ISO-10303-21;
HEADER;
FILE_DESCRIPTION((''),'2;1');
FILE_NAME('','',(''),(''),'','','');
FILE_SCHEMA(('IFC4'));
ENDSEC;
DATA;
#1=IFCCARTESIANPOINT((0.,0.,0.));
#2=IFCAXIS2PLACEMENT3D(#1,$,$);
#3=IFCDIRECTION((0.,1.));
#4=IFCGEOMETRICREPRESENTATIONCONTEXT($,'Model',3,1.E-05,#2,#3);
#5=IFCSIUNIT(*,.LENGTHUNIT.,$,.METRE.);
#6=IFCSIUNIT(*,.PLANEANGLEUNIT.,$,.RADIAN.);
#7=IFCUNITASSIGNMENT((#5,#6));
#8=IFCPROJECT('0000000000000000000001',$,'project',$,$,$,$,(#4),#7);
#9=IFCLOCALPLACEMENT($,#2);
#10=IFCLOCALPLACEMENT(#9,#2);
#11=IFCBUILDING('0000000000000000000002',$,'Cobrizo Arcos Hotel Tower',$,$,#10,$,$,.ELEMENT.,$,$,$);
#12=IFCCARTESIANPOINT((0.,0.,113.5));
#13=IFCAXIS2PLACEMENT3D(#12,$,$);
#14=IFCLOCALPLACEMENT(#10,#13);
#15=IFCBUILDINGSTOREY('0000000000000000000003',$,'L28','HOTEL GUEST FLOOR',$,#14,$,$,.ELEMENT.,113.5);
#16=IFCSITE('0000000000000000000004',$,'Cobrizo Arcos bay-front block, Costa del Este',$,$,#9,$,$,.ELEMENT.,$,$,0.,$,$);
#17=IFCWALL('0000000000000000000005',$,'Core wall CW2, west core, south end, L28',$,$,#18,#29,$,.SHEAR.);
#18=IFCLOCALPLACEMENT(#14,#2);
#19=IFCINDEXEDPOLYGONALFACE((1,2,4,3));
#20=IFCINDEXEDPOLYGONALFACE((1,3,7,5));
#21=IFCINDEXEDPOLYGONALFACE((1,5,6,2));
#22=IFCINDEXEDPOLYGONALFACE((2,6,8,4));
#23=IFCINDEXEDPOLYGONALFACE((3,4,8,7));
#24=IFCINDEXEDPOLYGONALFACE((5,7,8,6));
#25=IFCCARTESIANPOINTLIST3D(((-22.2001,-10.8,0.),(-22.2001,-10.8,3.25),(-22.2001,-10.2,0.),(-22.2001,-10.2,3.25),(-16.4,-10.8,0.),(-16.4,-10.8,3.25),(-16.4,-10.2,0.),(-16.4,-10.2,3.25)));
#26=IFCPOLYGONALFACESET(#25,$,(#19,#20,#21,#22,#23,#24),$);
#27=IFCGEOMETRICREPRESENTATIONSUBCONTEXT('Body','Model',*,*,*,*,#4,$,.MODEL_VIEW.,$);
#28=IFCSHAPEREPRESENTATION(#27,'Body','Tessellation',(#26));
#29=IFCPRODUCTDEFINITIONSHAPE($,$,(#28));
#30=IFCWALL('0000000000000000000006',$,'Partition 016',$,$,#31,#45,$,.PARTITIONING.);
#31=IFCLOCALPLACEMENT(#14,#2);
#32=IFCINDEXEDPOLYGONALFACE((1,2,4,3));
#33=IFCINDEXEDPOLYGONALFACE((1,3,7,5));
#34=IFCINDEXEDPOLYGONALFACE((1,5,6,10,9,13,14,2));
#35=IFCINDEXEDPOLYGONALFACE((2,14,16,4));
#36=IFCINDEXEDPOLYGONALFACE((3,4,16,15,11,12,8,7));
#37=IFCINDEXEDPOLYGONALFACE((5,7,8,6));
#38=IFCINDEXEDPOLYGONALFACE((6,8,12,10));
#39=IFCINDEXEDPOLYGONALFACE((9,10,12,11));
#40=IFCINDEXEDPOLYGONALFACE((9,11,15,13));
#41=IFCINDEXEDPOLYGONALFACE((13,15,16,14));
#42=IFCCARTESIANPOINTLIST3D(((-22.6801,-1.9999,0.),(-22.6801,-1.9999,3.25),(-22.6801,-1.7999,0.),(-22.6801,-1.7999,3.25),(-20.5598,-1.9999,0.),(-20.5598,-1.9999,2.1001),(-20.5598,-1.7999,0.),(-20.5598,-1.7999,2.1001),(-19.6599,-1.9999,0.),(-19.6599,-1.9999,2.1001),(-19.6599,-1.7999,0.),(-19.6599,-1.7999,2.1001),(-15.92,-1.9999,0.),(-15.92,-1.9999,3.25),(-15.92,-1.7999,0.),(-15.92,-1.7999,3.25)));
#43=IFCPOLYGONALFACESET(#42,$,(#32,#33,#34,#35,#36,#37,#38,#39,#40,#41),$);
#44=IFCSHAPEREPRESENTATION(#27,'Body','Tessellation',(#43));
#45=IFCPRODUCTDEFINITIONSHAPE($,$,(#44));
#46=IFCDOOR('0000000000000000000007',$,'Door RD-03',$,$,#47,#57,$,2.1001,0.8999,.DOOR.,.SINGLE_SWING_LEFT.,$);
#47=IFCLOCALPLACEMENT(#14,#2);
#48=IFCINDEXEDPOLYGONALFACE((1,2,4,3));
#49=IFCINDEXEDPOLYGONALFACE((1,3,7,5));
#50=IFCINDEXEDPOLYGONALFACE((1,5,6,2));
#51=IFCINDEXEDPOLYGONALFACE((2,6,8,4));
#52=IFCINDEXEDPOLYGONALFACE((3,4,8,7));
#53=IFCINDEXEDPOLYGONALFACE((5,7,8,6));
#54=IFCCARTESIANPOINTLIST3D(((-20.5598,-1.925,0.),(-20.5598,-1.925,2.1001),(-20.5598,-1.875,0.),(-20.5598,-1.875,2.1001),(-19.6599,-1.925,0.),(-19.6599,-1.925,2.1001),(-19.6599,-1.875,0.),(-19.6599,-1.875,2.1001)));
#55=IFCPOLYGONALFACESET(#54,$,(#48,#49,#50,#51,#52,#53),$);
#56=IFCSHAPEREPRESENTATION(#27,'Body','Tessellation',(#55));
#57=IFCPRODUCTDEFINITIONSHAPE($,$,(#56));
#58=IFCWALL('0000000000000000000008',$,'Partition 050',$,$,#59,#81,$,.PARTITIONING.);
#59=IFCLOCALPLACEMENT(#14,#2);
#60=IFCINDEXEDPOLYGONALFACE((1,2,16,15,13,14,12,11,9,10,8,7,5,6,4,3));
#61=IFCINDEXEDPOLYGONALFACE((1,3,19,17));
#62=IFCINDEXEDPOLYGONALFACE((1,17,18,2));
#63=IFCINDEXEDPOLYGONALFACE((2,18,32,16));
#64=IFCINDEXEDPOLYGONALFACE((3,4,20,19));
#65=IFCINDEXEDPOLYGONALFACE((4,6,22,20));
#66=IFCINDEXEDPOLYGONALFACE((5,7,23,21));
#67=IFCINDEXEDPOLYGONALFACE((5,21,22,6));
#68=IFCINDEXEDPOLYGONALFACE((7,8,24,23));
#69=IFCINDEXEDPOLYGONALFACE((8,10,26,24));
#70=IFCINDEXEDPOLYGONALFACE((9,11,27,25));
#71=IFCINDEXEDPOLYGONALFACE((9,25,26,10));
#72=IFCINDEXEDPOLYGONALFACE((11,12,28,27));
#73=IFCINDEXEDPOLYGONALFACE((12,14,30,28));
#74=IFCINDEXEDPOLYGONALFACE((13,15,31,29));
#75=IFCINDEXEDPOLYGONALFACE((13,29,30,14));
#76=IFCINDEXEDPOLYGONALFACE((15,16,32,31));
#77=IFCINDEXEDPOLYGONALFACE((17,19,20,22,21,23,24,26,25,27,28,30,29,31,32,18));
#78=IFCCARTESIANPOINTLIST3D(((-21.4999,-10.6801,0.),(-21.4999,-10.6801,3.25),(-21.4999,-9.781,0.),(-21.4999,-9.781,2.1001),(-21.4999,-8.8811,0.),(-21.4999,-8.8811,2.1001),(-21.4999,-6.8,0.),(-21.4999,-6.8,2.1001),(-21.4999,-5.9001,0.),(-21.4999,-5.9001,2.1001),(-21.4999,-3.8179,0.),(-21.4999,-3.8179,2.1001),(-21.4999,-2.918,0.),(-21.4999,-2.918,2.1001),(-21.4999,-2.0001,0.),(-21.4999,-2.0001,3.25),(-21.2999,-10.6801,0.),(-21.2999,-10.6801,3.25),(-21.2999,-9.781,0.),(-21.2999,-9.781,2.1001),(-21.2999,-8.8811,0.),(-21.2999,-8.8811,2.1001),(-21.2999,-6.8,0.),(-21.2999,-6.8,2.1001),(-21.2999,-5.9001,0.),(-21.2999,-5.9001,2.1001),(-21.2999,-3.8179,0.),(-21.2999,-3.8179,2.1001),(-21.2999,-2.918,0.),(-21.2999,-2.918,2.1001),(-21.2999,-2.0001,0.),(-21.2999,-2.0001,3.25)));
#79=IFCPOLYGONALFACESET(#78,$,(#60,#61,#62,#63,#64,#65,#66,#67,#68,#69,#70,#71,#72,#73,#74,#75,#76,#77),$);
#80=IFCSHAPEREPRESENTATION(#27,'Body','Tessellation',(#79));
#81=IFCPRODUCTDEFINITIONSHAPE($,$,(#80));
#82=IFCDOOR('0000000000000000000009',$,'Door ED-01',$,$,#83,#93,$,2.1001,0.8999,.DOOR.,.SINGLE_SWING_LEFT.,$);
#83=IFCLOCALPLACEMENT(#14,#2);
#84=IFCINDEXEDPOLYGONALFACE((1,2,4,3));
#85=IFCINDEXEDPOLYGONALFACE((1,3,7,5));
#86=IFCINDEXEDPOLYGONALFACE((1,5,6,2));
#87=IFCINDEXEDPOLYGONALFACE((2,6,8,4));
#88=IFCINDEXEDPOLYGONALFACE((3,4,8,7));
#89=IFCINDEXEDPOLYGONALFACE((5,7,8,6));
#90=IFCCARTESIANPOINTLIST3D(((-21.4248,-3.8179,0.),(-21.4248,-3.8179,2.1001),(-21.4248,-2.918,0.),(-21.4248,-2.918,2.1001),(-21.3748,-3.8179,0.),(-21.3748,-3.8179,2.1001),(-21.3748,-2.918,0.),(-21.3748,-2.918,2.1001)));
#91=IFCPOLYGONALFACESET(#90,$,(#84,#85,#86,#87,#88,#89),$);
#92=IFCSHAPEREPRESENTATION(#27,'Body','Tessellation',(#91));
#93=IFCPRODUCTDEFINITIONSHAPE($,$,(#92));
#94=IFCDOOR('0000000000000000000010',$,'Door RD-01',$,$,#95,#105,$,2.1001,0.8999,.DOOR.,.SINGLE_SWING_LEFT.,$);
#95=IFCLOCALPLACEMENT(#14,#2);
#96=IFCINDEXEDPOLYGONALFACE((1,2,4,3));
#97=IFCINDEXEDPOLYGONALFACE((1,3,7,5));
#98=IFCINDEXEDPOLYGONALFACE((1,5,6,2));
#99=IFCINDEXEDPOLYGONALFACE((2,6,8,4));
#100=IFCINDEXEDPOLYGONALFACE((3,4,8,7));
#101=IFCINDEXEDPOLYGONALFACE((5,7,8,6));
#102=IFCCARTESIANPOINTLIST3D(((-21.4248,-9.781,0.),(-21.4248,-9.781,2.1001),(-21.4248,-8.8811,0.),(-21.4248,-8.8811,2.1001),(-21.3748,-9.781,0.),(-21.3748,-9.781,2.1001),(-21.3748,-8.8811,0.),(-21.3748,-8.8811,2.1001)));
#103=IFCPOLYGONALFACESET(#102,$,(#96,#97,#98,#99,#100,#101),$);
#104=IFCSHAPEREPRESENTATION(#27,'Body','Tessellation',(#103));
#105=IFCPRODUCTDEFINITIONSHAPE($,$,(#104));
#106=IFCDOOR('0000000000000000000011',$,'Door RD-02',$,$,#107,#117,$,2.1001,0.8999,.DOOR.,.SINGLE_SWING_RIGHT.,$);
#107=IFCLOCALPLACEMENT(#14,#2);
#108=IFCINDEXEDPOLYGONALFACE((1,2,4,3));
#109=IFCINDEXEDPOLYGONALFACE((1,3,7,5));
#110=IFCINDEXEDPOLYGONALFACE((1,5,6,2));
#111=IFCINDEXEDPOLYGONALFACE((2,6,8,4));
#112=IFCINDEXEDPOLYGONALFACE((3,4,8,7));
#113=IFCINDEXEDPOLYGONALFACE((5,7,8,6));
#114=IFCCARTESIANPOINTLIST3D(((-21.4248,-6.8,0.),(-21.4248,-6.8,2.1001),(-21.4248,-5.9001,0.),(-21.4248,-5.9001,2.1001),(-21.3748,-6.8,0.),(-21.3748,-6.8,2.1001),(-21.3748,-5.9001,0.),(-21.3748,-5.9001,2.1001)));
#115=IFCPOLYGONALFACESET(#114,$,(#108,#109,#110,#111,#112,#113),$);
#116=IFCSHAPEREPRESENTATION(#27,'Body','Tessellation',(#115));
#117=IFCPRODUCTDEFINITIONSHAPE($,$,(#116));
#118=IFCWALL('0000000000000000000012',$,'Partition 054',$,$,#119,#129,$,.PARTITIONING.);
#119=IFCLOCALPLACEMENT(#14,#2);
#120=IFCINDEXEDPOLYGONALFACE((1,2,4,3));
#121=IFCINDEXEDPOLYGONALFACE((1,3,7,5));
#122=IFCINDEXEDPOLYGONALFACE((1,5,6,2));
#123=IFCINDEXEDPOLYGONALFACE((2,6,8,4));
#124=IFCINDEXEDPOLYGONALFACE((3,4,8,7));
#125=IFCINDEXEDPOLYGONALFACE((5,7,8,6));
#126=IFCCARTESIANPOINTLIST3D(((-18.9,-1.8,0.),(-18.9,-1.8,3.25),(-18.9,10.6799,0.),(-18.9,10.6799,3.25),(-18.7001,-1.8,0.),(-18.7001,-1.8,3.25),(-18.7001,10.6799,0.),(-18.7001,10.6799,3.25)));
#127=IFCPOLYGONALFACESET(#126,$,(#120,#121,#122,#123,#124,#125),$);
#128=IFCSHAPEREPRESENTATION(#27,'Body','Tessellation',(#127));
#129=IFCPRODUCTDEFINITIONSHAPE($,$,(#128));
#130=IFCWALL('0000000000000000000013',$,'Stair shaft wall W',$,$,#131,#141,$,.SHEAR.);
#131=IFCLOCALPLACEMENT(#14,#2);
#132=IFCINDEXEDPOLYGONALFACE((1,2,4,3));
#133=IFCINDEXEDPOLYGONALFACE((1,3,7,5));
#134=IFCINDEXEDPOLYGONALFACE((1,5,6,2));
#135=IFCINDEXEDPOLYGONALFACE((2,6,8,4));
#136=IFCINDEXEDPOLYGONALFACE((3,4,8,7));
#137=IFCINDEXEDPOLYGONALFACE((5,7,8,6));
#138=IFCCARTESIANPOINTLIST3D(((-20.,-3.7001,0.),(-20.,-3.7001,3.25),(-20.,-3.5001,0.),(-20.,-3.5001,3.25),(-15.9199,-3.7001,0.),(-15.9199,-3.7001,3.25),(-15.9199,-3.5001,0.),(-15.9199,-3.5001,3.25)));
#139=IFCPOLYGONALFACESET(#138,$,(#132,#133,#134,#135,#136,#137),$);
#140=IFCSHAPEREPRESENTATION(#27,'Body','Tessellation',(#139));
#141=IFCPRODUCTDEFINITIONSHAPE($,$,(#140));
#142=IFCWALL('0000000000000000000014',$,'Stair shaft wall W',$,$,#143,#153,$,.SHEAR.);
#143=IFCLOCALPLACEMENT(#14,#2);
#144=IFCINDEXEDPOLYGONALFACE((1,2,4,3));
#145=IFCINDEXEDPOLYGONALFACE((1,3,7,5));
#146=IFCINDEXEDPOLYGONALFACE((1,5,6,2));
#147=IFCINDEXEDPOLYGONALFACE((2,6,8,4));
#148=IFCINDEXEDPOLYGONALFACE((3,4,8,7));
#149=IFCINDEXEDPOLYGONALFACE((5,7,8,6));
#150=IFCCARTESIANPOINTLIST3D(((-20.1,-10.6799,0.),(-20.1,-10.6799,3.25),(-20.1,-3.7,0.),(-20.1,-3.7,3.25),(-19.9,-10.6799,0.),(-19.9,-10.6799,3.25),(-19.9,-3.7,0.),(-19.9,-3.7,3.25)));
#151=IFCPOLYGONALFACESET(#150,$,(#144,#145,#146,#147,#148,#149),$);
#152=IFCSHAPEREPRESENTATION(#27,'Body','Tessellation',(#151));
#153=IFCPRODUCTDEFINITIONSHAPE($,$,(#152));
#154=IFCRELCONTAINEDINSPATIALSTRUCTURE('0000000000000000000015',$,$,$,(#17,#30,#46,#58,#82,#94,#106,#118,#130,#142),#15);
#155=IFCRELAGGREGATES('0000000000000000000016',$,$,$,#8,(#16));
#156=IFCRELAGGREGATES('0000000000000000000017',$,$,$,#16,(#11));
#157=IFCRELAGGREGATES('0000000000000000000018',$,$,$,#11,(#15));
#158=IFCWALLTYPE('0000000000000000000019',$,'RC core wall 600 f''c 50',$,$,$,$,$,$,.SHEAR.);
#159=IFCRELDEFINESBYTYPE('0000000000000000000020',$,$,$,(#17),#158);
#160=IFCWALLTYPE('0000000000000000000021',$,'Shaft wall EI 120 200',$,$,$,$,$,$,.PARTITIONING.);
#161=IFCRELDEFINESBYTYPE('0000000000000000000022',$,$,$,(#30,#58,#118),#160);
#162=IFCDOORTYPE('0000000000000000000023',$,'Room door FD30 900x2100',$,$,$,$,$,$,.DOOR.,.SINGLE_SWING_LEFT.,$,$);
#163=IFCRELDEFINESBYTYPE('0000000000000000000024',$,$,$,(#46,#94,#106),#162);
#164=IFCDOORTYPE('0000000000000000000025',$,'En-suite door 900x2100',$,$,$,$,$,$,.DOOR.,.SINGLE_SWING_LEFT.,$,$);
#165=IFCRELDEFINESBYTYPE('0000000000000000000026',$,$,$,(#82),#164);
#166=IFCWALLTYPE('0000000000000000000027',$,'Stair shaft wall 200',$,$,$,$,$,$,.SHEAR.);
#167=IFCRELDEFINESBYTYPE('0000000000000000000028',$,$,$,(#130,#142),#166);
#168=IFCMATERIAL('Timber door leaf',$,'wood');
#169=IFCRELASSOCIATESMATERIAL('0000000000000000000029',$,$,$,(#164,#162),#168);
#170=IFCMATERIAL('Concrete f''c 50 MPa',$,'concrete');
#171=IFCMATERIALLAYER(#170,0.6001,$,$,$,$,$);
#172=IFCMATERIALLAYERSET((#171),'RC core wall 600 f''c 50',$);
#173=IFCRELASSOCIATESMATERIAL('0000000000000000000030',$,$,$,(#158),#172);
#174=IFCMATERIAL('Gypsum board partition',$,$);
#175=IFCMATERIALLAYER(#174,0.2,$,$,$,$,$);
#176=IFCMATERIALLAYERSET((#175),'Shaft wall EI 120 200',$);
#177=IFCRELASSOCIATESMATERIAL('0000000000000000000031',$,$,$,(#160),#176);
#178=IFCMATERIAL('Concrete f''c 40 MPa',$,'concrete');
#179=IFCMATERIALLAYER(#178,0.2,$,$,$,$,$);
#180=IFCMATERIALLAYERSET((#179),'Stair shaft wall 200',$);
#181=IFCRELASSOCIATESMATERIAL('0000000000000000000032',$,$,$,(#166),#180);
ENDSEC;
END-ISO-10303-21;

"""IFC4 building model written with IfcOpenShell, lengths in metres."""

from ifc_helpers import new_model, si_unit, direction, frame, frame_2d, origin, place, context, subcontext, project, spatial, rectangle, extrude, material, layer, layer_set, type_object, element, fill, save


model = new_model("IFC4")

# Units and contexts
model_context = context("Model", 3, precision=1e-05, world=origin(), true_north=direction((0.0, 1.0)))
body_context = subcontext(model_context, "Body", "Model", "MODEL_VIEW")
ifc_project = project(units=[si_unit("LENGTHUNIT", "METRE"), si_unit("PLANEANGLEUNIT", "RADIAN")], contexts=[model_context])

# Site, building, storey
site_placement = place(None, origin())
site = spatial("IfcSite", under=ifc_project, at=site_placement, Name="Cobrizo Arcos bay-front block, Costa del Este", CompositionType="ELEMENT", RefElevation=0.0)
building_placement = place(site_placement, origin())
building = spatial("IfcBuilding", under=site, at=building_placement, Name="Cobrizo Arcos Hotel Tower", CompositionType="ELEMENT")
storey_placement = place(building_placement, frame((0.0, 0.0, 113.5)))
storey = spatial("IfcBuildingStorey", under=building, at=storey_placement, Name="L28", Description="HOTEL GUEST FLOOR", CompositionType="ELEMENT", Elevation=113.5)

# Shared definitions
ifc_material_1 = material(Name="Gypsum board partition")

# Shared definitions
ifc_material_2 = material(Name="Timber door leaf", Category="wood")
door_type_1 = type_object("IfcDoorType", Name="En-suite door 900x2100", OperationType="SINGLE_SWING_LEFT", PredefinedType="DOOR", material=ifc_material_2)

# Wall
ifc_material_3 = material(Name="Concrete f'c 50 MPa", Category="concrete")
ifc_layer_1 = layer(ifc_material_3, 0.6001)
ifc_layer_set_1 = layer_set([ifc_layer_1], Name="RC core wall 600 f'c 50")
wall_type_1 = type_object("IfcWallType", Name="RC core wall 600 f'c 50", PredefinedType="SHEAR", material=ifc_layer_set_1)
wall_1_placement = place(storey_placement, frame((-22.2, -10.5, 0.0), z_axis=(0.0, 0.0, 1.0), x_axis=(1.0, 0.0, 0.0)))
element("IfcWall", 1, at=wall_1_placement, inside=storey, type_object=wall_type_1, Name="Core wall CW2, west core, south end, L28", PredefinedType="SHEAR", context=body_context, shape_type="SweptSolid", body=[
    extrude(rectangle(XDim=5.8, YDim=0.6001, at=frame_2d((2.8999, 0.0))), origin(), (0.0, 0.0, 1.0), 3.25),
])

# Wall, opening, door
ifc_layer_2 = layer(ifc_material_1, 0.2)
ifc_layer_set_2 = layer_set([ifc_layer_2], Name="Shaft wall EI 120 200")
wall_type_2 = type_object("IfcWallType", Name="Shaft wall EI 120 200", PredefinedType="PARTITIONING", material=ifc_layer_set_2)
wall_2_placement = place(storey_placement, frame((-22.6799, -1.8999, 0.0), z_axis=(0.0, 0.0, 1.0), x_axis=(1.0, 0.0, 0.0)))
wall_2 = element("IfcWall", 2, at=wall_2_placement, inside=storey, type_object=wall_type_2, Name="Partition 016", PredefinedType="PARTITIONING", context=body_context, shape_type="SweptSolid", body=[
    extrude(rectangle(XDim=6.76, YDim=0.2, at=frame_2d((3.3799, 0.0))), origin(), (0.0, 0.0, 1.0), 3.25),
])
opening_1_placement = place(wall_2_placement, frame((2.1201, 0.0, 0.0)))
opening_1 = element("IfcOpeningElement", 3, at=opening_1_placement, cuts=wall_2, PredefinedType="OPENING", context=body_context, shape_type="SweptSolid", body=[
    extrude(rectangle(XDim=0.8999, YDim=2.1001, at=frame_2d((0.45, 1.05))), frame((0.0, 0.1121, 0.0), z_axis=(0.0, -1.0, 0.0), x_axis=(1.0, 0.0, 0.0)), (0.0, 0.0, 1.0), 0.2239),
])
door_type_2 = type_object("IfcDoorType", Name="Room door FD30 900x2100", OperationType="SINGLE_SWING_LEFT", PredefinedType="DOOR", material=ifc_material_2)
door_1_placement = place(opening_1_placement, origin())
door_1 = element("IfcDoor", 4, at=door_1_placement, inside=storey, type_object=door_type_2, Name="Door RD-03", OperationType="SINGLE_SWING_LEFT", OverallHeight=2.1001, OverallWidth=0.8999, PredefinedType="DOOR", context=body_context, shape_type="SweptSolid", body=[
    extrude(rectangle(XDim=0.8999, YDim=2.1001, at=frame_2d((0.45, 1.05))), frame((0.0, 0.0249, 0.0), z_axis=(0.0, -1.0, 0.0), x_axis=(1.0, 0.0, 0.0)), (0.0, 0.0, 1.0), 0.05),
])
fill(opening_1, door_1)

# Wall, openings, doors
wall_3_placement = place(storey_placement, frame((-21.3999, -10.6799, 0.0), z_axis=(0.0, 0.0, 1.0), x_axis=(0.0, 1.0, 0.0)))
wall_3 = element("IfcWall", 5, at=wall_3_placement, inside=storey, type_object=wall_type_2, Name="Partition 050", PredefinedType="PARTITIONING", context=body_context, shape_type="SweptSolid", body=[
    extrude(rectangle(XDim=8.6799, YDim=0.2, at=frame_2d((4.3398, 0.0))), origin(), (0.0, 0.0, 1.0), 3.25),
])
opening_2_placement = place(wall_3_placement, frame((0.8989, 0.0, 0.0)))
opening_2 = element("IfcOpeningElement", 6, at=opening_2_placement, cuts=wall_3, PredefinedType="OPENING", context=body_context, shape_type="SweptSolid", body=[
    extrude(rectangle(XDim=0.8999, YDim=2.1001, at=frame_2d((0.45, 1.05))), frame((0.0, 0.1121, 0.0), z_axis=(0.0, -1.0, 0.0), x_axis=(1.0, 0.0, 0.0)), (0.0, 0.0, 1.0), 0.2239),
])
opening_3_placement = place(wall_3_placement, frame((3.8799, 0.0, 0.0)))
opening_3 = element("IfcOpeningElement", 7, at=opening_3_placement, cuts=wall_3, PredefinedType="OPENING", context=body_context, shape_type="SweptSolid", body=[
    extrude(rectangle(XDim=0.8999, YDim=2.1001, at=frame_2d((0.45, 1.05))), frame((0.0, 0.1121, 0.0), z_axis=(0.0, -1.0, 0.0), x_axis=(1.0, 0.0, 0.0)), (0.0, 0.0, 1.0), 0.2239),
])
opening_4_placement = place(wall_3_placement, frame((6.8621, 0.0, 0.0)))
opening_4 = element("IfcOpeningElement", 8, at=opening_4_placement, cuts=wall_3, PredefinedType="OPENING", context=body_context, shape_type="SweptSolid", body=[
    extrude(rectangle(XDim=0.8999, YDim=2.1001, at=frame_2d((0.45, 1.05))), frame((0.0, 0.1121, 0.0), z_axis=(0.0, -1.0, 0.0), x_axis=(1.0, 0.0, 0.0)), (0.0, 0.0, 1.0), 0.2239),
])
door_2_placement = place(opening_4_placement, origin())
door_2 = element("IfcDoor", 9, at=door_2_placement, inside=storey, type_object=door_type_1, Name="Door ED-01", OperationType="SINGLE_SWING_LEFT", OverallHeight=2.1001, OverallWidth=0.8999, PredefinedType="DOOR", context=body_context, shape_type="SweptSolid", body=[
    extrude(rectangle(XDim=0.8999, YDim=2.1001, at=frame_2d((0.45, 1.05))), frame((0.0, 0.0249, 0.0), z_axis=(0.0, -1.0, 0.0), x_axis=(1.0, 0.0, 0.0)), (0.0, 0.0, 1.0), 0.05),
])
fill(opening_4, door_2)
door_3_placement = place(opening_2_placement, origin())
door_3 = element("IfcDoor", 10, at=door_3_placement, inside=storey, type_object=door_type_2, Name="Door RD-01", OperationType="SINGLE_SWING_LEFT", OverallHeight=2.1001, OverallWidth=0.8999, PredefinedType="DOOR", context=body_context, shape_type="SweptSolid", body=[
    extrude(rectangle(XDim=0.8999, YDim=2.1001, at=frame_2d((0.45, 1.05))), frame((0.0, 0.0249, 0.0), z_axis=(0.0, -1.0, 0.0), x_axis=(1.0, 0.0, 0.0)), (0.0, 0.0, 1.0), 0.05),
])
fill(opening_2, door_3)
door_4_placement = place(opening_3_placement, origin())
door_4 = element("IfcDoor", 11, at=door_4_placement, inside=storey, type_object=door_type_2, Name="Door RD-02", OperationType="SINGLE_SWING_RIGHT", OverallHeight=2.1001, OverallWidth=0.8999, PredefinedType="DOOR", context=body_context, shape_type="SweptSolid", body=[
    extrude(rectangle(XDim=0.8999, YDim=2.1001, at=frame_2d((0.45, 1.05))), frame((0.0, 0.0249, 0.0), z_axis=(0.0, -1.0, 0.0), x_axis=(1.0, 0.0, 0.0)), (0.0, 0.0, 1.0), 0.05),
])
fill(opening_3, door_4)

# Walls
wall_4_placement = place(storey_placement, frame((-18.8, -1.8, 0.0), z_axis=(0.0, 0.0, 1.0), x_axis=(0.0, 1.0, 0.0)))
element("IfcWall", 12, at=wall_4_placement, inside=storey, type_object=wall_type_2, Name="Partition 054", PredefinedType="PARTITIONING", context=body_context, shape_type="SweptSolid", body=[
    extrude(rectangle(XDim=12.48, YDim=0.2, at=frame_2d((6.24, 0.0))), origin(), (0.0, 0.0, 1.0), 3.25),
])
ifc_material_4 = material(Name="Concrete f'c 40 MPa", Category="concrete")
ifc_layer_3 = layer(ifc_material_4, 0.2)
ifc_layer_set_3 = layer_set([ifc_layer_3], Name="Stair shaft wall 200")
wall_type_3 = type_object("IfcWallType", Name="Stair shaft wall 200", PredefinedType="SHEAR", material=ifc_layer_set_3)
wall_5_placement = place(storey_placement, frame((-20.0, -3.6001, 0.0), z_axis=(0.0, 0.0, 1.0), x_axis=(1.0, 0.0, 0.0)))
element("IfcWall", 13, at=wall_5_placement, inside=storey, type_object=wall_type_3, Name="Stair shaft wall W", PredefinedType="SHEAR", context=body_context, shape_type="SweptSolid", body=[
    extrude(rectangle(XDim=4.0801, YDim=0.2, at=frame_2d((2.04, 0.0))), origin(), (0.0, 0.0, 1.0), 3.25),
])
wall_6_placement = place(storey_placement, frame((-20.0, -10.6799, 0.0), z_axis=(0.0, 0.0, 1.0), x_axis=(0.0, 1.0, 0.0)))
element("IfcWall", 14, at=wall_6_placement, inside=storey, type_object=wall_type_3, Name="Stair shaft wall W", PredefinedType="SHEAR", context=body_context, shape_type="SweptSolid", body=[
    extrude(rectangle(XDim=6.98, YDim=0.2, at=frame_2d((3.49, 0.0))), origin(), (0.0, 0.0, 1.0), 3.25),
])

save(model, "model.ifc")
